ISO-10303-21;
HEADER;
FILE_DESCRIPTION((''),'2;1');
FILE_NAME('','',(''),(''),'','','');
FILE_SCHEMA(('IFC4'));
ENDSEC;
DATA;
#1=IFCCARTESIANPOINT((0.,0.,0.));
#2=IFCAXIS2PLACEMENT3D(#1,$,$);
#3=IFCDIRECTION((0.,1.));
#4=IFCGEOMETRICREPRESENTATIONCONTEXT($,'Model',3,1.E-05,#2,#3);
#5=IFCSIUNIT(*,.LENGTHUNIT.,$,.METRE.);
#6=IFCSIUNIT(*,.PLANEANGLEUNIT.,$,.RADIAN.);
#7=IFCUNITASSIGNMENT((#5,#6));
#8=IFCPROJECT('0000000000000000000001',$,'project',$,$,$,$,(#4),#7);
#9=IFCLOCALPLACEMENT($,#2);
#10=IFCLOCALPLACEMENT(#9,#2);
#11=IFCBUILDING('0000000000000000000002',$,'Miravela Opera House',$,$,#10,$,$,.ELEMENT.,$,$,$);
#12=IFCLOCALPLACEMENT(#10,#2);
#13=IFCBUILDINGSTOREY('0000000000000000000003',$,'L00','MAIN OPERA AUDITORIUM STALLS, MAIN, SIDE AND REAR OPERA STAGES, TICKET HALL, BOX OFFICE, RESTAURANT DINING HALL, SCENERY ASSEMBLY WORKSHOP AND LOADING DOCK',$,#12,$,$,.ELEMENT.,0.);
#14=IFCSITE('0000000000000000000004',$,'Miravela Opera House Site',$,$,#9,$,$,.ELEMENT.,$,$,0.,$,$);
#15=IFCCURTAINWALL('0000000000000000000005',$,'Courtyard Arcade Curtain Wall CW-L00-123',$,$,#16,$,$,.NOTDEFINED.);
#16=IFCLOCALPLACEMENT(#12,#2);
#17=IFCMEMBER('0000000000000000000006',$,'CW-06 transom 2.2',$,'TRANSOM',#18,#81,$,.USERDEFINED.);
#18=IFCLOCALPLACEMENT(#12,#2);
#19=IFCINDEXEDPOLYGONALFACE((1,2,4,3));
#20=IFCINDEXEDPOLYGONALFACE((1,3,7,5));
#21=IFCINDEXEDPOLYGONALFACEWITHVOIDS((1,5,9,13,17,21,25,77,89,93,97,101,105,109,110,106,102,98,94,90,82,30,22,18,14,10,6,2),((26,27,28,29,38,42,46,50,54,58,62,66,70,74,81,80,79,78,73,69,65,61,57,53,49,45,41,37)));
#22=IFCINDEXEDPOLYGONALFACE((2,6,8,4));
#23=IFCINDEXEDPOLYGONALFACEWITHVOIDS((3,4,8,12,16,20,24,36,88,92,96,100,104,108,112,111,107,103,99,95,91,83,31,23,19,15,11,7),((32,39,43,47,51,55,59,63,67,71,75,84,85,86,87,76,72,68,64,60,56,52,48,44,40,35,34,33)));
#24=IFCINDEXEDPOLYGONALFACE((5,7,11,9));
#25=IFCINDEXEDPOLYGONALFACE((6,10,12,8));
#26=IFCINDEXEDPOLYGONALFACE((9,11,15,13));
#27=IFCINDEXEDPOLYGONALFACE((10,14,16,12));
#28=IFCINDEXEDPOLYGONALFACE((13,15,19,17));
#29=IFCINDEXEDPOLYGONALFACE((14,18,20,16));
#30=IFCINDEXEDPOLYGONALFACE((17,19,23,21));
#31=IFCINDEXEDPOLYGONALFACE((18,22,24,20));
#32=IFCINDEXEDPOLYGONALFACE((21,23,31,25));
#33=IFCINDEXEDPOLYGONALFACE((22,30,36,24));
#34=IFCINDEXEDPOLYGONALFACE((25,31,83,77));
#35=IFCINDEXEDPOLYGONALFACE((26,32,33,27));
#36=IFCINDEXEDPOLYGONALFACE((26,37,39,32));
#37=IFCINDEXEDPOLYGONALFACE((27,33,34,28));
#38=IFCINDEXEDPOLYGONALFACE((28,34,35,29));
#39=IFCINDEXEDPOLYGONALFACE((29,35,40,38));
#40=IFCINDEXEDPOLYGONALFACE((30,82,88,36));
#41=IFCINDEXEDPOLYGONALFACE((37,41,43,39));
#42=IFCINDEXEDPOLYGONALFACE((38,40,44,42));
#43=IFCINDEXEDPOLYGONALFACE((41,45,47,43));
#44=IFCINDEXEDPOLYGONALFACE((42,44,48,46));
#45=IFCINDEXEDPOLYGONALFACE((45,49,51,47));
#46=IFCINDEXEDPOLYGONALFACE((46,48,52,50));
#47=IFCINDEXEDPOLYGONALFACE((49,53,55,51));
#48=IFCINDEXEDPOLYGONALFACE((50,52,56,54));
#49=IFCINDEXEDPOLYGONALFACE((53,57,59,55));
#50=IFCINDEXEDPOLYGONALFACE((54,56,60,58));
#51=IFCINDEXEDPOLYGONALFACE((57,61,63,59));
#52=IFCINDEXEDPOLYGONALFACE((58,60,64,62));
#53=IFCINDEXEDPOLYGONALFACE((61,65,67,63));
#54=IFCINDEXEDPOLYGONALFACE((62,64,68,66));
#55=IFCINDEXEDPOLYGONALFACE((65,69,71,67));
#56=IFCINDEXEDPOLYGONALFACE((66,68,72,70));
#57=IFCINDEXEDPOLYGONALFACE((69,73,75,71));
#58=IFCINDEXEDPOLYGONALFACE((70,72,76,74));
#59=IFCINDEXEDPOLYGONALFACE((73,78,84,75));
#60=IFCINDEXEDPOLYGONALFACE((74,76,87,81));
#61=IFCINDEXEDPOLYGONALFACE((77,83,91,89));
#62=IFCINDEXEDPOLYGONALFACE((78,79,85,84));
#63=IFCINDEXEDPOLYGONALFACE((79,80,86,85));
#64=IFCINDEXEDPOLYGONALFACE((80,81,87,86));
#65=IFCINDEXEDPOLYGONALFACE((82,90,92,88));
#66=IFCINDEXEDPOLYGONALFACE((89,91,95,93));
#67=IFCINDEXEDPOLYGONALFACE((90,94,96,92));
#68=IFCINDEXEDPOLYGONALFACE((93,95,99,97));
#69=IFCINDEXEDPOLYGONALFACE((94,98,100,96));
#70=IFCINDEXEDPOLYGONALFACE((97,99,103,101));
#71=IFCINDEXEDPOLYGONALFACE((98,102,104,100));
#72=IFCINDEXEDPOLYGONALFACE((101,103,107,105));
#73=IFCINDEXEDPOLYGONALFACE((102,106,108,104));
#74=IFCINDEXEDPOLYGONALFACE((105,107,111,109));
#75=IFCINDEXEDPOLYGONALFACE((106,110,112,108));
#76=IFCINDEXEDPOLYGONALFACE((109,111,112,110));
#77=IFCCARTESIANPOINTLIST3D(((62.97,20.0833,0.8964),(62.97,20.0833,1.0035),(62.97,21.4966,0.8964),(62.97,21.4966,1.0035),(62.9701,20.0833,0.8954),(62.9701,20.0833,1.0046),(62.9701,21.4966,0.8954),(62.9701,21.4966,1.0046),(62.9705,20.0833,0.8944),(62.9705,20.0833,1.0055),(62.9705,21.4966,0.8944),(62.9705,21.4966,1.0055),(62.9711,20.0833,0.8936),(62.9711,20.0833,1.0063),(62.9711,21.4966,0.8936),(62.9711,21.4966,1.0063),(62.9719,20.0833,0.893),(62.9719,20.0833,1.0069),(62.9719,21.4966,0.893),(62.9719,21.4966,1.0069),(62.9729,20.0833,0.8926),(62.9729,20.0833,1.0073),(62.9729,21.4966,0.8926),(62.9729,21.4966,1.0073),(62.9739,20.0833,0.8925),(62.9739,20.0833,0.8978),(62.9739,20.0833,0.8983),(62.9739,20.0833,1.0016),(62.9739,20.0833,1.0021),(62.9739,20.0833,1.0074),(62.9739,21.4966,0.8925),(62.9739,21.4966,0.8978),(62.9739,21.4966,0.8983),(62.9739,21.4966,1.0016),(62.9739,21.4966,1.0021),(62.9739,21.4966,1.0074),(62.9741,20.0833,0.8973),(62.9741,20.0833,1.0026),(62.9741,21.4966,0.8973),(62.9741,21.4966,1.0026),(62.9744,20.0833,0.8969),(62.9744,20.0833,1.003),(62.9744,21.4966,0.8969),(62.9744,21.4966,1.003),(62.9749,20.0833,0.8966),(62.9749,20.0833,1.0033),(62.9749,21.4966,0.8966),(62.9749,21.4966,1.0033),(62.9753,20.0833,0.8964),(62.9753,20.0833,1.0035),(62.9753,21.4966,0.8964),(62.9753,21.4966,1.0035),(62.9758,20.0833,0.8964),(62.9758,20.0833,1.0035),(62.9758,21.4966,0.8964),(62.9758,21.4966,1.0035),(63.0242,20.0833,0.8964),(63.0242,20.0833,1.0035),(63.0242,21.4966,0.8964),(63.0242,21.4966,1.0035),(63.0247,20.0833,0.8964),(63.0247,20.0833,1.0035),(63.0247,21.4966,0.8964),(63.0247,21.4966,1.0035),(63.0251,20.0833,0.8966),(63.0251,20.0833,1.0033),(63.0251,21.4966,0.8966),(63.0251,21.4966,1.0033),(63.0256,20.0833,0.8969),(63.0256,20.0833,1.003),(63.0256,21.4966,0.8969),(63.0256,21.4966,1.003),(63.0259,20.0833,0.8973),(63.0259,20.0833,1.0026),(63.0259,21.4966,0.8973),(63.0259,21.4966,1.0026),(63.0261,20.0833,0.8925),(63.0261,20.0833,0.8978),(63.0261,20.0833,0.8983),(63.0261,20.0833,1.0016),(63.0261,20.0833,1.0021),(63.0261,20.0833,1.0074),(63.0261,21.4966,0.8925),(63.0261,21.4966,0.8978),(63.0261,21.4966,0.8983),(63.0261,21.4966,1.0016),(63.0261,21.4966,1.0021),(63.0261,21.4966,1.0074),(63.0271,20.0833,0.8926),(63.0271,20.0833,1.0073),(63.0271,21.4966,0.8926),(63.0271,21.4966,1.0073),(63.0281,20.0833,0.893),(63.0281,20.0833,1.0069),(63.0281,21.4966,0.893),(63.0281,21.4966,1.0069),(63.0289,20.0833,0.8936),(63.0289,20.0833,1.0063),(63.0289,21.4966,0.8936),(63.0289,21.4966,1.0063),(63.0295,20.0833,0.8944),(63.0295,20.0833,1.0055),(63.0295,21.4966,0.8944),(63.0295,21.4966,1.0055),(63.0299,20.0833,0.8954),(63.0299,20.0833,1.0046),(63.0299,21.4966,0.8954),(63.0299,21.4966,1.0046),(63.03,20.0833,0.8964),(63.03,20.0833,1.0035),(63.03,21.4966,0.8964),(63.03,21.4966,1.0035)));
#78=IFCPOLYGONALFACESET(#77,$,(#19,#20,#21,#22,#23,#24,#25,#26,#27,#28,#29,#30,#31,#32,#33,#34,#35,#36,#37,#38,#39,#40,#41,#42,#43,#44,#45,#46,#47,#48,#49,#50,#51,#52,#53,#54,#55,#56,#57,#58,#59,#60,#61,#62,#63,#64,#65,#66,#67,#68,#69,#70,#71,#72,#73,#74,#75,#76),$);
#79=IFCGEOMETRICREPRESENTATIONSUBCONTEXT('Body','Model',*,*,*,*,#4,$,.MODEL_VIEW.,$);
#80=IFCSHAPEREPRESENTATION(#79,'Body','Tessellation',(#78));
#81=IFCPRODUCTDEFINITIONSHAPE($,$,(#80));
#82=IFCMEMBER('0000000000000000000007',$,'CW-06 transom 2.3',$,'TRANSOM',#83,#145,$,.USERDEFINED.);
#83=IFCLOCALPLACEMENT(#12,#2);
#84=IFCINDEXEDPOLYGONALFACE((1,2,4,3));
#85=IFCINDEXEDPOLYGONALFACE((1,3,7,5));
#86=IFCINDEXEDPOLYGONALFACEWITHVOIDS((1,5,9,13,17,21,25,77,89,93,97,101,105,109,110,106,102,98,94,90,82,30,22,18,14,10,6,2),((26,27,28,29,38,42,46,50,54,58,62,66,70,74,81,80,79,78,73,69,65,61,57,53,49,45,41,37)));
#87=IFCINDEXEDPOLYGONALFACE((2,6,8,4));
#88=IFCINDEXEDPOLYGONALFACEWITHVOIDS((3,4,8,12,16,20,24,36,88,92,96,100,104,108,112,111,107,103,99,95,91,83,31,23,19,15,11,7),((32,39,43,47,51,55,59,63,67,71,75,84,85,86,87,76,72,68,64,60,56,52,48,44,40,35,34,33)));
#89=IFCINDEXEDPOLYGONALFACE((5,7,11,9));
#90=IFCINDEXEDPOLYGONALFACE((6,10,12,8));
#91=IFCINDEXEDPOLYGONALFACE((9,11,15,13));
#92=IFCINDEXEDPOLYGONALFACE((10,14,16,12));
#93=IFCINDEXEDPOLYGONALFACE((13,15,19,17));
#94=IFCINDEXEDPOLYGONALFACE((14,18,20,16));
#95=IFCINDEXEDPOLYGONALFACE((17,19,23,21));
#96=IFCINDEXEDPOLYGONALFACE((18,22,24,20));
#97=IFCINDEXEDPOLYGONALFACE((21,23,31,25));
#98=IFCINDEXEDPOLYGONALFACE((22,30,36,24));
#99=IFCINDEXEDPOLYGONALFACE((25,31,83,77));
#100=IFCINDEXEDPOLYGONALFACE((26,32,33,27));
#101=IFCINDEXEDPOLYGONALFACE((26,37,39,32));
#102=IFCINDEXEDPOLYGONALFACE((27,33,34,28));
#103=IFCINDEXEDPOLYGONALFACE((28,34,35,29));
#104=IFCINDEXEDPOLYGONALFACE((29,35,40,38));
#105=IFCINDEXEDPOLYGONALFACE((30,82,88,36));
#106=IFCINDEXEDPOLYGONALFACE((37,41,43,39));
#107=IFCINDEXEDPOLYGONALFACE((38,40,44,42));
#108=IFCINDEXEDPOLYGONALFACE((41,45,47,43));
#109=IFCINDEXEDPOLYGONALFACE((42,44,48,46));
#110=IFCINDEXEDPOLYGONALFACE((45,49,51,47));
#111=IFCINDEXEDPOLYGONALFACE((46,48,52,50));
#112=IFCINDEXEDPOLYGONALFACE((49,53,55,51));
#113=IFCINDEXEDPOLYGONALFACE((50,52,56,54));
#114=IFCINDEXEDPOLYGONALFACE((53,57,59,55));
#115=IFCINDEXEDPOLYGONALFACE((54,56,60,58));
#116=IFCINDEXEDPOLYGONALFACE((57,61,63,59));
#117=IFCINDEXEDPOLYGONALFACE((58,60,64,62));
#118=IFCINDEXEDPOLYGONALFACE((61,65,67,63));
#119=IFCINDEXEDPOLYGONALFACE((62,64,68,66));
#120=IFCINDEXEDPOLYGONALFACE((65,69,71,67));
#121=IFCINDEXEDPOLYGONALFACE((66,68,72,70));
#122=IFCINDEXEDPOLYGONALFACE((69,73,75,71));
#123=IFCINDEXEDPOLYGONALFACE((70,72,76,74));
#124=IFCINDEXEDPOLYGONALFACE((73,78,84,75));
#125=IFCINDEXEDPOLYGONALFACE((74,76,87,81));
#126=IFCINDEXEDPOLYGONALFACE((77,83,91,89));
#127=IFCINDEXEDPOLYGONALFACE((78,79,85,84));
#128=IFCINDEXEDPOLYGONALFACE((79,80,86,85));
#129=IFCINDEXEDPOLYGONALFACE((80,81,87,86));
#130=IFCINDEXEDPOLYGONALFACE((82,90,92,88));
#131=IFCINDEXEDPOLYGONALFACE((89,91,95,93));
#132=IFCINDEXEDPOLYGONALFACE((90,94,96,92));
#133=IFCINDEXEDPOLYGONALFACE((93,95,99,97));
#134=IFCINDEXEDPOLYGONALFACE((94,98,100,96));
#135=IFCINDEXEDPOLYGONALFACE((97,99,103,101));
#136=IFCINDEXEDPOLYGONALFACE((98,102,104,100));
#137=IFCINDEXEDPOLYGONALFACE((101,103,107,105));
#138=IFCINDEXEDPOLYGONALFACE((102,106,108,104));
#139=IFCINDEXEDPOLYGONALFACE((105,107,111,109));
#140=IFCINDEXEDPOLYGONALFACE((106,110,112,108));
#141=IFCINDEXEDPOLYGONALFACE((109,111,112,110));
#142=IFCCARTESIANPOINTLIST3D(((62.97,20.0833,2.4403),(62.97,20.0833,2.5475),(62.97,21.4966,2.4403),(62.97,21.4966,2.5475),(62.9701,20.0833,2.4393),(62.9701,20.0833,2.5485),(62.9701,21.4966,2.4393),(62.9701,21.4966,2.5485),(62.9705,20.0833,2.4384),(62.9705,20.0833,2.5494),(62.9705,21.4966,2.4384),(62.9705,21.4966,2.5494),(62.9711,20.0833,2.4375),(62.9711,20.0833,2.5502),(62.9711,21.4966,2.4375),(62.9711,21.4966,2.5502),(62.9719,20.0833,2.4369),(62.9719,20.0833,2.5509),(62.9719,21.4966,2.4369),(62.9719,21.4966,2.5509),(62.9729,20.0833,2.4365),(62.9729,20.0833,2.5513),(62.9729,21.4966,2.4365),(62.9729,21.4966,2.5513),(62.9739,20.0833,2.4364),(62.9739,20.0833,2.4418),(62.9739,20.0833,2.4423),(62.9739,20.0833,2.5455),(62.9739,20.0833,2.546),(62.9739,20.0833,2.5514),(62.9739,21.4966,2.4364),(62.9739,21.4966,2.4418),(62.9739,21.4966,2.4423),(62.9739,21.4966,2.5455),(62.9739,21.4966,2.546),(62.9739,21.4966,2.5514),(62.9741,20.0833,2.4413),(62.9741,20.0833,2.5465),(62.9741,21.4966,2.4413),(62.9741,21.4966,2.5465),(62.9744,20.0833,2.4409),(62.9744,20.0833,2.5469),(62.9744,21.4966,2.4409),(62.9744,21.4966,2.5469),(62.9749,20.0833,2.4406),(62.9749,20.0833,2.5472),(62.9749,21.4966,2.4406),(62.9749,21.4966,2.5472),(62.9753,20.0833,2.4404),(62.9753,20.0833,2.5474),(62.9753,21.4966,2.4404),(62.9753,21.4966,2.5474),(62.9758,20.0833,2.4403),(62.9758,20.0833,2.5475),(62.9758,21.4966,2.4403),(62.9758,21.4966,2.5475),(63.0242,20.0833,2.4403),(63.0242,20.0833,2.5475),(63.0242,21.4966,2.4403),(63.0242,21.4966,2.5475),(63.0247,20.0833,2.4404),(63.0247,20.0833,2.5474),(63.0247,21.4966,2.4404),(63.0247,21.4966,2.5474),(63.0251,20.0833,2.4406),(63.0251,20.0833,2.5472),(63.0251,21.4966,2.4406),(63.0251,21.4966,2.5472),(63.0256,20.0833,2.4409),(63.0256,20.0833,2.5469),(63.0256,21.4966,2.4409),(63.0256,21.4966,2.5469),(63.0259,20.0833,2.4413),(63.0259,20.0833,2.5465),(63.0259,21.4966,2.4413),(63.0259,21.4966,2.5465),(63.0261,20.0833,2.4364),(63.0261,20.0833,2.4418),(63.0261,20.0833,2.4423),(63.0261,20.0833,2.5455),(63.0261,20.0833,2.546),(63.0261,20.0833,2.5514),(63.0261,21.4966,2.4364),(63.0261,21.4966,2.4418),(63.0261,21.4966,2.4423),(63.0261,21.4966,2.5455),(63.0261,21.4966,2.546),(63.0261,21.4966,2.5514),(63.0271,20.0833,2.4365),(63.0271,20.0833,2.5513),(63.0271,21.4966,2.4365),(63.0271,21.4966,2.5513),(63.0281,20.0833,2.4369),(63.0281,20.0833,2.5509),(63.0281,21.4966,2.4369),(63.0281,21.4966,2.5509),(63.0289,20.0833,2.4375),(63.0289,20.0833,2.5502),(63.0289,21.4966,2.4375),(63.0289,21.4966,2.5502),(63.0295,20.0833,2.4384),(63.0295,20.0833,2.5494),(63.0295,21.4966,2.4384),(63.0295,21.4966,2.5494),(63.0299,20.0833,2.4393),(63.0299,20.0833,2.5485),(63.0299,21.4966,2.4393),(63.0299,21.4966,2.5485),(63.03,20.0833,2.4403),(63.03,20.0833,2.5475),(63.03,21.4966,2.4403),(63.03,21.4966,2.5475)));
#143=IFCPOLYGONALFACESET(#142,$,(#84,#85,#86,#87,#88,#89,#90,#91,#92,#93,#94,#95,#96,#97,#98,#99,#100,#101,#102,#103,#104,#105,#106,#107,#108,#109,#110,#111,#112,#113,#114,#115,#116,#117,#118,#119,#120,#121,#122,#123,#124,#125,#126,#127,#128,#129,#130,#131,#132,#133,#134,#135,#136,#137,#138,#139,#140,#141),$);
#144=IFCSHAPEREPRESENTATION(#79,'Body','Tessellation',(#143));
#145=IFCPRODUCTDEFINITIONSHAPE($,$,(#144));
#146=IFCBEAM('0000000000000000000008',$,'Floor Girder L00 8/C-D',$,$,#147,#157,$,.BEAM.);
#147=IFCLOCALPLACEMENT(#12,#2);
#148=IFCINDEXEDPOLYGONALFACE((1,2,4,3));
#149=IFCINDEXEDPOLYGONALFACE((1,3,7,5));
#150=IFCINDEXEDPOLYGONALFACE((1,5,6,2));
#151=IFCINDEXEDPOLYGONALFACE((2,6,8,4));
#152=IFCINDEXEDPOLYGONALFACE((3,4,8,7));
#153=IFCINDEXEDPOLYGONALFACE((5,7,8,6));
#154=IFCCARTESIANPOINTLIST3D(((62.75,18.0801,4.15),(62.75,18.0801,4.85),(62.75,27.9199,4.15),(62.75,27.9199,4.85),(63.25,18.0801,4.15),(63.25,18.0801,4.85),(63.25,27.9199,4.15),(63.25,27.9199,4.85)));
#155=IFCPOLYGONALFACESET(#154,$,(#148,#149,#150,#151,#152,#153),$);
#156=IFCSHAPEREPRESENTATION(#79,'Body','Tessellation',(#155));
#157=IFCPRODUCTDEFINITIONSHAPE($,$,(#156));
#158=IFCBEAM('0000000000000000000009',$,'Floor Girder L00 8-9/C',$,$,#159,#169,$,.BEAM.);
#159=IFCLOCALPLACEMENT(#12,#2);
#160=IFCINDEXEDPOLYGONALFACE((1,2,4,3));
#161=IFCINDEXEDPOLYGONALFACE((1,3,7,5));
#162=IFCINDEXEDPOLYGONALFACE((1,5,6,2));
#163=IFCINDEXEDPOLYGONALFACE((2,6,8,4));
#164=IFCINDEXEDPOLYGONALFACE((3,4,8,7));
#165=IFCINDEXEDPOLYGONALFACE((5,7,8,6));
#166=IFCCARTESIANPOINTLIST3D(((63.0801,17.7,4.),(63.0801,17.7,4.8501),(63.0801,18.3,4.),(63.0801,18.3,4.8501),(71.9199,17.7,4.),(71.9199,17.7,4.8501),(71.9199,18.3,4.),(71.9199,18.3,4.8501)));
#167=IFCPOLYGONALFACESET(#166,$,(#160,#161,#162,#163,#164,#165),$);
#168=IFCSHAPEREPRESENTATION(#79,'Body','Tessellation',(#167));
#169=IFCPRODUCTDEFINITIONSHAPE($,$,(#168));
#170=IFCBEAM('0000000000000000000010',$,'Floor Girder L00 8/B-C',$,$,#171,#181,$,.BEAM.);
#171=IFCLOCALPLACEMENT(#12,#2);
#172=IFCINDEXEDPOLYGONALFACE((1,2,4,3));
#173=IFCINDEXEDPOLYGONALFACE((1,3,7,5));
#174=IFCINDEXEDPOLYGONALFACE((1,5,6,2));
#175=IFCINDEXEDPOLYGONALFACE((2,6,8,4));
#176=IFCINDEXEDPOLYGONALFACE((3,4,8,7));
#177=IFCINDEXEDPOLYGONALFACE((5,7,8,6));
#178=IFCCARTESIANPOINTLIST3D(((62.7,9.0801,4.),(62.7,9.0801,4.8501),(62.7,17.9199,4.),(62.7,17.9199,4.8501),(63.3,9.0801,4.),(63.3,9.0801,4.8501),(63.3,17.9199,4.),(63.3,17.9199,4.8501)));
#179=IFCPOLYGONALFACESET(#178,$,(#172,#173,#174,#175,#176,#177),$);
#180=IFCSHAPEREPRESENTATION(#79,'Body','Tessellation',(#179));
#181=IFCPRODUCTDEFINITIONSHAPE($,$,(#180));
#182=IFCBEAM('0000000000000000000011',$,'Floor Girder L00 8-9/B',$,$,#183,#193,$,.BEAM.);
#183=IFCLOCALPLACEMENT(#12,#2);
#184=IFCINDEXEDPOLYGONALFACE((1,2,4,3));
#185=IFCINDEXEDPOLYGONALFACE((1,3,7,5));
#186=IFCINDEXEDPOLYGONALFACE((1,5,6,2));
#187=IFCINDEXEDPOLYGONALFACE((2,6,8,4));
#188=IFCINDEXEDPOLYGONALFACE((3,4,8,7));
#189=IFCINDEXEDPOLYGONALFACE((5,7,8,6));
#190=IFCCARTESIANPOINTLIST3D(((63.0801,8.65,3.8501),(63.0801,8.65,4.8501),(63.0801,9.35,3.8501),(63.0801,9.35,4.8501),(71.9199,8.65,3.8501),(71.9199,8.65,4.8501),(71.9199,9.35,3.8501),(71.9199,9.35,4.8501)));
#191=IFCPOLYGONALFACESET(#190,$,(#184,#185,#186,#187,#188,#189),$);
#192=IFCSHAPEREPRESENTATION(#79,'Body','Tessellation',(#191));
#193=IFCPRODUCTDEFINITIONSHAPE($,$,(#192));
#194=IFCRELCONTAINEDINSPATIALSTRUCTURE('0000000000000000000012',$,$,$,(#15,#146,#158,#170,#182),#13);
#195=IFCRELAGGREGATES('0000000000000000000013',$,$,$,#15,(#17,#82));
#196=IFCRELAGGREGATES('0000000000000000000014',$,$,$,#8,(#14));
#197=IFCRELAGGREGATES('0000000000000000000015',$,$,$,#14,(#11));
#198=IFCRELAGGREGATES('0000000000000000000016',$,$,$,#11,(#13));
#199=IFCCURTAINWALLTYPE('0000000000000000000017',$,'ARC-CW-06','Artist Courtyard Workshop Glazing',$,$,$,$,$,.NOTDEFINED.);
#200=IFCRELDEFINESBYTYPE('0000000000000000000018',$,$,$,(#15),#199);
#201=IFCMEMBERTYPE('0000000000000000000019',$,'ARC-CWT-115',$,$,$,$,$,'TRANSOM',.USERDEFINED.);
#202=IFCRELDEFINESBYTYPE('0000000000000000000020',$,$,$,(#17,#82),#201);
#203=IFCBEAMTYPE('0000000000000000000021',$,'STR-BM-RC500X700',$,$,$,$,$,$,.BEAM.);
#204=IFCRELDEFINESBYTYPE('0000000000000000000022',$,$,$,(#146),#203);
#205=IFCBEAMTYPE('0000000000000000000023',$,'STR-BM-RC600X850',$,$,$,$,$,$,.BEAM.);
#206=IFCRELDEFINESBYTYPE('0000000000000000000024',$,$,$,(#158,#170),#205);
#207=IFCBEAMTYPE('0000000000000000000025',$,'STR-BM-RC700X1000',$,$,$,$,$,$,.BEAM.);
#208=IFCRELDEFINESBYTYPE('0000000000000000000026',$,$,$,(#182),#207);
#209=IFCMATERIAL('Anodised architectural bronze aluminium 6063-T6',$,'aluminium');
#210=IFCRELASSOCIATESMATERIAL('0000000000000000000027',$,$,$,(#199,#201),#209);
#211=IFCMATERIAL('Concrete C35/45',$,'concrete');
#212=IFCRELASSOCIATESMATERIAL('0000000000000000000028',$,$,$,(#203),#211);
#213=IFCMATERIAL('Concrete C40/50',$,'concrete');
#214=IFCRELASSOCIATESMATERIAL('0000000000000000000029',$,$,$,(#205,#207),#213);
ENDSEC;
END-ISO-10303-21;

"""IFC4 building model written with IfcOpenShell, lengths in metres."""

from ifc_helpers import new_model, si_unit, direction, frame, origin, origin_2d, place, context, subcontext, project, spatial, rectangle, hollow_rectangle, extrude, material, material_profile, profile_set, type_object, element, aggregate, save


model = new_model("IFC4")

# Units and contexts
model_context = context("Model", 3, precision=1e-05, world=origin(), true_north=direction((0.0, 1.0)))
body_context = subcontext(model_context, "Body", "Model", "MODEL_VIEW")
ifc_project = project(units=[si_unit("LENGTHUNIT", "METRE"), si_unit("PLANEANGLEUNIT", "RADIAN")], contexts=[model_context])

# Site, building, storey
site_placement = place(None, origin())
site = spatial("IfcSite", under=ifc_project, at=site_placement, Name="Miravela Opera House Site", CompositionType="ELEMENT", RefElevation=0.0)
building_placement = place(site_placement, origin())
building = spatial("IfcBuilding", under=site, at=building_placement, Name="Miravela Opera House", CompositionType="ELEMENT")
storey_placement = place(building_placement, origin())
storey = spatial("IfcBuildingStorey", under=building, at=storey_placement, Name="L00", Description="MAIN OPERA AUDITORIUM STALLS, MAIN, SIDE AND REAR OPERA STAGES, TICKET HALL, BOX OFFICE, RESTAURANT DINING HALL, SCENERY ASSEMBLY WORKSHOP AND LOADING DOCK", CompositionType="ELEMENT", Elevation=0.0)

# Shared definitions
ifc_material_1 = material(Name="Concrete C35/45", Category="concrete")

# Shared definitions
ifc_material_2 = material(Name="Anodised architectural bronze aluminium 6063-T6", Category="aluminium")
curtain_wall_type = type_object("IfcCurtainWallType", Name="ARC-CW-06", Description="Artist Courtyard Workshop Glazing", PredefinedType="NOTDEFINED", material=ifc_material_2)

# Curtain wall, members
curtain_wall_1_placement = place(storey_placement, origin())
curtain_wall_1 = element("IfcCurtainWall", 1, at=curtain_wall_1_placement, inside=storey, type_object=curtain_wall_type, Name="Courtyard Arcade Curtain Wall CW-L00-123", PredefinedType="NOTDEFINED")
ifc_material_profile_1 = material_profile(ifc_material_2, hollow_rectangle(XDim=0.0601, YDim=0.115, WallThickness=0.0039, InnerFilletRadius=0.002, OuterFilletRadius=0.0039, at=origin_2d()), Name="CWT-60X115")
ifc_profile_set_1 = profile_set([ifc_material_profile_1])
member_type_1 = type_object("IfcMemberType", Name="ARC-CWT-115", ElementType="TRANSOM", PredefinedType="USERDEFINED", material=ifc_profile_set_1)
member_1_placement = place(storey_placement, frame((63.0, 20.0833, 0.95), z_axis=(0.0, 1.0, 0.0), x_axis=(-1.0, 0.0, 0.0)))
member_1 = element("IfcMember", 2, at=member_1_placement, type_object=member_type_1, Name="CW-06 transom 2.2", ObjectType="TRANSOM", PredefinedType="USERDEFINED", context=body_context, shape_type="SweptSolid", body=[
    extrude(hollow_rectangle(XDim=0.0601, YDim=0.115, WallThickness=0.0039, InnerFilletRadius=0.002, OuterFilletRadius=0.0039, at=origin_2d()), origin(), (0.0, 0.0, 1.0), 1.4133),
])
member_2_placement = place(storey_placement, frame((63.0, 20.0833, 2.4939), z_axis=(0.0, 1.0, 0.0), x_axis=(-1.0, 0.0, 0.0)))
member_2 = element("IfcMember", 3, at=member_2_placement, type_object=member_type_1, Name="CW-06 transom 2.3", ObjectType="TRANSOM", PredefinedType="USERDEFINED", context=body_context, shape_type="SweptSolid", body=[
    extrude(hollow_rectangle(XDim=0.0601, YDim=0.115, WallThickness=0.0039, InnerFilletRadius=0.002, OuterFilletRadius=0.0039, at=origin_2d()), origin(), (0.0, 0.0, 1.0), 1.4133),
])

# Beams
ifc_material_profile_2 = material_profile(ifc_material_1, rectangle(XDim=0.5, YDim=0.7, at=origin_2d()), Name="RC-BM-500X700")
ifc_profile_set_2 = profile_set([ifc_material_profile_2])
beam_type_1 = type_object("IfcBeamType", Name="STR-BM-RC500X700", PredefinedType="BEAM", material=ifc_profile_set_2)
beam_1_placement = place(storey_placement, frame((63.0, 18.0801, 4.5), z_axis=(0.0, 1.0, 0.0), x_axis=(-1.0, 0.0, 0.0)))
element("IfcBeam", 4, at=beam_1_placement, inside=storey, type_object=beam_type_1, Name="Floor Girder L00 8/C-D", PredefinedType="BEAM", context=body_context, shape_type="SweptSolid", body=[
    extrude(rectangle(XDim=0.5, YDim=0.7, at=origin_2d()), origin(), (0.0, 0.0, 1.0), 9.8398),
])
ifc_material_3 = material(Name="Concrete C40/50", Category="concrete")
ifc_material_profile_3 = material_profile(ifc_material_3, rectangle(XDim=0.6001, YDim=0.8501, at=origin_2d()), Name="RC-BM-600X850")
ifc_profile_set_3 = profile_set([ifc_material_profile_3])
beam_type_2 = type_object("IfcBeamType", Name="STR-BM-RC600X850", PredefinedType="BEAM", material=ifc_profile_set_3)
for number, where, z_axis, x_axis, name in (
    (5, (63.0801, 18.0, 4.425), (1.0, 0.0, 0.0), (0.0, 1.0, 0.0), "Floor Girder L00 8-9/C"),
    (6, (63.0, 9.0801, 4.425), (0.0, 1.0, 0.0), (-1.0, 0.0, 0.0), "Floor Girder L00 8/B-C"),
):
    element("IfcBeam", number, at=place(storey_placement, frame(where, z_axis=z_axis, x_axis=x_axis)), inside=storey, type_object=beam_type_2, Name=name, PredefinedType="BEAM", context=body_context, shape_type="SweptSolid", body=[
        extrude(rectangle(XDim=0.6001, YDim=0.8501, at=origin_2d()), origin(), (0.0, 0.0, 1.0), 8.8398),
    ])
ifc_material_profile_4 = material_profile(ifc_material_3, rectangle(XDim=0.7, YDim=1.0, at=origin_2d()), Name="RC-BM-700X1000")
ifc_profile_set_4 = profile_set([ifc_material_profile_4])
beam_type_3 = type_object("IfcBeamType", Name="STR-BM-RC700X1000", PredefinedType="BEAM", material=ifc_profile_set_4)
beam_2_placement = place(storey_placement, frame((63.0801, 9.0, 4.3501), z_axis=(1.0, 0.0, 0.0), x_axis=(0.0, 1.0, 0.0)))
element("IfcBeam", 7, at=beam_2_placement, inside=storey, type_object=beam_type_3, Name="Floor Girder L00 8-9/B", PredefinedType="BEAM", context=body_context, shape_type="SweptSolid", body=[
    extrude(rectangle(XDim=0.7, YDim=1.0, at=origin_2d()), origin(), (0.0, 0.0, 1.0), 8.8398),
])

aggregate(curtain_wall_1, [member_1, member_2])

save(model, "model.ifc")
